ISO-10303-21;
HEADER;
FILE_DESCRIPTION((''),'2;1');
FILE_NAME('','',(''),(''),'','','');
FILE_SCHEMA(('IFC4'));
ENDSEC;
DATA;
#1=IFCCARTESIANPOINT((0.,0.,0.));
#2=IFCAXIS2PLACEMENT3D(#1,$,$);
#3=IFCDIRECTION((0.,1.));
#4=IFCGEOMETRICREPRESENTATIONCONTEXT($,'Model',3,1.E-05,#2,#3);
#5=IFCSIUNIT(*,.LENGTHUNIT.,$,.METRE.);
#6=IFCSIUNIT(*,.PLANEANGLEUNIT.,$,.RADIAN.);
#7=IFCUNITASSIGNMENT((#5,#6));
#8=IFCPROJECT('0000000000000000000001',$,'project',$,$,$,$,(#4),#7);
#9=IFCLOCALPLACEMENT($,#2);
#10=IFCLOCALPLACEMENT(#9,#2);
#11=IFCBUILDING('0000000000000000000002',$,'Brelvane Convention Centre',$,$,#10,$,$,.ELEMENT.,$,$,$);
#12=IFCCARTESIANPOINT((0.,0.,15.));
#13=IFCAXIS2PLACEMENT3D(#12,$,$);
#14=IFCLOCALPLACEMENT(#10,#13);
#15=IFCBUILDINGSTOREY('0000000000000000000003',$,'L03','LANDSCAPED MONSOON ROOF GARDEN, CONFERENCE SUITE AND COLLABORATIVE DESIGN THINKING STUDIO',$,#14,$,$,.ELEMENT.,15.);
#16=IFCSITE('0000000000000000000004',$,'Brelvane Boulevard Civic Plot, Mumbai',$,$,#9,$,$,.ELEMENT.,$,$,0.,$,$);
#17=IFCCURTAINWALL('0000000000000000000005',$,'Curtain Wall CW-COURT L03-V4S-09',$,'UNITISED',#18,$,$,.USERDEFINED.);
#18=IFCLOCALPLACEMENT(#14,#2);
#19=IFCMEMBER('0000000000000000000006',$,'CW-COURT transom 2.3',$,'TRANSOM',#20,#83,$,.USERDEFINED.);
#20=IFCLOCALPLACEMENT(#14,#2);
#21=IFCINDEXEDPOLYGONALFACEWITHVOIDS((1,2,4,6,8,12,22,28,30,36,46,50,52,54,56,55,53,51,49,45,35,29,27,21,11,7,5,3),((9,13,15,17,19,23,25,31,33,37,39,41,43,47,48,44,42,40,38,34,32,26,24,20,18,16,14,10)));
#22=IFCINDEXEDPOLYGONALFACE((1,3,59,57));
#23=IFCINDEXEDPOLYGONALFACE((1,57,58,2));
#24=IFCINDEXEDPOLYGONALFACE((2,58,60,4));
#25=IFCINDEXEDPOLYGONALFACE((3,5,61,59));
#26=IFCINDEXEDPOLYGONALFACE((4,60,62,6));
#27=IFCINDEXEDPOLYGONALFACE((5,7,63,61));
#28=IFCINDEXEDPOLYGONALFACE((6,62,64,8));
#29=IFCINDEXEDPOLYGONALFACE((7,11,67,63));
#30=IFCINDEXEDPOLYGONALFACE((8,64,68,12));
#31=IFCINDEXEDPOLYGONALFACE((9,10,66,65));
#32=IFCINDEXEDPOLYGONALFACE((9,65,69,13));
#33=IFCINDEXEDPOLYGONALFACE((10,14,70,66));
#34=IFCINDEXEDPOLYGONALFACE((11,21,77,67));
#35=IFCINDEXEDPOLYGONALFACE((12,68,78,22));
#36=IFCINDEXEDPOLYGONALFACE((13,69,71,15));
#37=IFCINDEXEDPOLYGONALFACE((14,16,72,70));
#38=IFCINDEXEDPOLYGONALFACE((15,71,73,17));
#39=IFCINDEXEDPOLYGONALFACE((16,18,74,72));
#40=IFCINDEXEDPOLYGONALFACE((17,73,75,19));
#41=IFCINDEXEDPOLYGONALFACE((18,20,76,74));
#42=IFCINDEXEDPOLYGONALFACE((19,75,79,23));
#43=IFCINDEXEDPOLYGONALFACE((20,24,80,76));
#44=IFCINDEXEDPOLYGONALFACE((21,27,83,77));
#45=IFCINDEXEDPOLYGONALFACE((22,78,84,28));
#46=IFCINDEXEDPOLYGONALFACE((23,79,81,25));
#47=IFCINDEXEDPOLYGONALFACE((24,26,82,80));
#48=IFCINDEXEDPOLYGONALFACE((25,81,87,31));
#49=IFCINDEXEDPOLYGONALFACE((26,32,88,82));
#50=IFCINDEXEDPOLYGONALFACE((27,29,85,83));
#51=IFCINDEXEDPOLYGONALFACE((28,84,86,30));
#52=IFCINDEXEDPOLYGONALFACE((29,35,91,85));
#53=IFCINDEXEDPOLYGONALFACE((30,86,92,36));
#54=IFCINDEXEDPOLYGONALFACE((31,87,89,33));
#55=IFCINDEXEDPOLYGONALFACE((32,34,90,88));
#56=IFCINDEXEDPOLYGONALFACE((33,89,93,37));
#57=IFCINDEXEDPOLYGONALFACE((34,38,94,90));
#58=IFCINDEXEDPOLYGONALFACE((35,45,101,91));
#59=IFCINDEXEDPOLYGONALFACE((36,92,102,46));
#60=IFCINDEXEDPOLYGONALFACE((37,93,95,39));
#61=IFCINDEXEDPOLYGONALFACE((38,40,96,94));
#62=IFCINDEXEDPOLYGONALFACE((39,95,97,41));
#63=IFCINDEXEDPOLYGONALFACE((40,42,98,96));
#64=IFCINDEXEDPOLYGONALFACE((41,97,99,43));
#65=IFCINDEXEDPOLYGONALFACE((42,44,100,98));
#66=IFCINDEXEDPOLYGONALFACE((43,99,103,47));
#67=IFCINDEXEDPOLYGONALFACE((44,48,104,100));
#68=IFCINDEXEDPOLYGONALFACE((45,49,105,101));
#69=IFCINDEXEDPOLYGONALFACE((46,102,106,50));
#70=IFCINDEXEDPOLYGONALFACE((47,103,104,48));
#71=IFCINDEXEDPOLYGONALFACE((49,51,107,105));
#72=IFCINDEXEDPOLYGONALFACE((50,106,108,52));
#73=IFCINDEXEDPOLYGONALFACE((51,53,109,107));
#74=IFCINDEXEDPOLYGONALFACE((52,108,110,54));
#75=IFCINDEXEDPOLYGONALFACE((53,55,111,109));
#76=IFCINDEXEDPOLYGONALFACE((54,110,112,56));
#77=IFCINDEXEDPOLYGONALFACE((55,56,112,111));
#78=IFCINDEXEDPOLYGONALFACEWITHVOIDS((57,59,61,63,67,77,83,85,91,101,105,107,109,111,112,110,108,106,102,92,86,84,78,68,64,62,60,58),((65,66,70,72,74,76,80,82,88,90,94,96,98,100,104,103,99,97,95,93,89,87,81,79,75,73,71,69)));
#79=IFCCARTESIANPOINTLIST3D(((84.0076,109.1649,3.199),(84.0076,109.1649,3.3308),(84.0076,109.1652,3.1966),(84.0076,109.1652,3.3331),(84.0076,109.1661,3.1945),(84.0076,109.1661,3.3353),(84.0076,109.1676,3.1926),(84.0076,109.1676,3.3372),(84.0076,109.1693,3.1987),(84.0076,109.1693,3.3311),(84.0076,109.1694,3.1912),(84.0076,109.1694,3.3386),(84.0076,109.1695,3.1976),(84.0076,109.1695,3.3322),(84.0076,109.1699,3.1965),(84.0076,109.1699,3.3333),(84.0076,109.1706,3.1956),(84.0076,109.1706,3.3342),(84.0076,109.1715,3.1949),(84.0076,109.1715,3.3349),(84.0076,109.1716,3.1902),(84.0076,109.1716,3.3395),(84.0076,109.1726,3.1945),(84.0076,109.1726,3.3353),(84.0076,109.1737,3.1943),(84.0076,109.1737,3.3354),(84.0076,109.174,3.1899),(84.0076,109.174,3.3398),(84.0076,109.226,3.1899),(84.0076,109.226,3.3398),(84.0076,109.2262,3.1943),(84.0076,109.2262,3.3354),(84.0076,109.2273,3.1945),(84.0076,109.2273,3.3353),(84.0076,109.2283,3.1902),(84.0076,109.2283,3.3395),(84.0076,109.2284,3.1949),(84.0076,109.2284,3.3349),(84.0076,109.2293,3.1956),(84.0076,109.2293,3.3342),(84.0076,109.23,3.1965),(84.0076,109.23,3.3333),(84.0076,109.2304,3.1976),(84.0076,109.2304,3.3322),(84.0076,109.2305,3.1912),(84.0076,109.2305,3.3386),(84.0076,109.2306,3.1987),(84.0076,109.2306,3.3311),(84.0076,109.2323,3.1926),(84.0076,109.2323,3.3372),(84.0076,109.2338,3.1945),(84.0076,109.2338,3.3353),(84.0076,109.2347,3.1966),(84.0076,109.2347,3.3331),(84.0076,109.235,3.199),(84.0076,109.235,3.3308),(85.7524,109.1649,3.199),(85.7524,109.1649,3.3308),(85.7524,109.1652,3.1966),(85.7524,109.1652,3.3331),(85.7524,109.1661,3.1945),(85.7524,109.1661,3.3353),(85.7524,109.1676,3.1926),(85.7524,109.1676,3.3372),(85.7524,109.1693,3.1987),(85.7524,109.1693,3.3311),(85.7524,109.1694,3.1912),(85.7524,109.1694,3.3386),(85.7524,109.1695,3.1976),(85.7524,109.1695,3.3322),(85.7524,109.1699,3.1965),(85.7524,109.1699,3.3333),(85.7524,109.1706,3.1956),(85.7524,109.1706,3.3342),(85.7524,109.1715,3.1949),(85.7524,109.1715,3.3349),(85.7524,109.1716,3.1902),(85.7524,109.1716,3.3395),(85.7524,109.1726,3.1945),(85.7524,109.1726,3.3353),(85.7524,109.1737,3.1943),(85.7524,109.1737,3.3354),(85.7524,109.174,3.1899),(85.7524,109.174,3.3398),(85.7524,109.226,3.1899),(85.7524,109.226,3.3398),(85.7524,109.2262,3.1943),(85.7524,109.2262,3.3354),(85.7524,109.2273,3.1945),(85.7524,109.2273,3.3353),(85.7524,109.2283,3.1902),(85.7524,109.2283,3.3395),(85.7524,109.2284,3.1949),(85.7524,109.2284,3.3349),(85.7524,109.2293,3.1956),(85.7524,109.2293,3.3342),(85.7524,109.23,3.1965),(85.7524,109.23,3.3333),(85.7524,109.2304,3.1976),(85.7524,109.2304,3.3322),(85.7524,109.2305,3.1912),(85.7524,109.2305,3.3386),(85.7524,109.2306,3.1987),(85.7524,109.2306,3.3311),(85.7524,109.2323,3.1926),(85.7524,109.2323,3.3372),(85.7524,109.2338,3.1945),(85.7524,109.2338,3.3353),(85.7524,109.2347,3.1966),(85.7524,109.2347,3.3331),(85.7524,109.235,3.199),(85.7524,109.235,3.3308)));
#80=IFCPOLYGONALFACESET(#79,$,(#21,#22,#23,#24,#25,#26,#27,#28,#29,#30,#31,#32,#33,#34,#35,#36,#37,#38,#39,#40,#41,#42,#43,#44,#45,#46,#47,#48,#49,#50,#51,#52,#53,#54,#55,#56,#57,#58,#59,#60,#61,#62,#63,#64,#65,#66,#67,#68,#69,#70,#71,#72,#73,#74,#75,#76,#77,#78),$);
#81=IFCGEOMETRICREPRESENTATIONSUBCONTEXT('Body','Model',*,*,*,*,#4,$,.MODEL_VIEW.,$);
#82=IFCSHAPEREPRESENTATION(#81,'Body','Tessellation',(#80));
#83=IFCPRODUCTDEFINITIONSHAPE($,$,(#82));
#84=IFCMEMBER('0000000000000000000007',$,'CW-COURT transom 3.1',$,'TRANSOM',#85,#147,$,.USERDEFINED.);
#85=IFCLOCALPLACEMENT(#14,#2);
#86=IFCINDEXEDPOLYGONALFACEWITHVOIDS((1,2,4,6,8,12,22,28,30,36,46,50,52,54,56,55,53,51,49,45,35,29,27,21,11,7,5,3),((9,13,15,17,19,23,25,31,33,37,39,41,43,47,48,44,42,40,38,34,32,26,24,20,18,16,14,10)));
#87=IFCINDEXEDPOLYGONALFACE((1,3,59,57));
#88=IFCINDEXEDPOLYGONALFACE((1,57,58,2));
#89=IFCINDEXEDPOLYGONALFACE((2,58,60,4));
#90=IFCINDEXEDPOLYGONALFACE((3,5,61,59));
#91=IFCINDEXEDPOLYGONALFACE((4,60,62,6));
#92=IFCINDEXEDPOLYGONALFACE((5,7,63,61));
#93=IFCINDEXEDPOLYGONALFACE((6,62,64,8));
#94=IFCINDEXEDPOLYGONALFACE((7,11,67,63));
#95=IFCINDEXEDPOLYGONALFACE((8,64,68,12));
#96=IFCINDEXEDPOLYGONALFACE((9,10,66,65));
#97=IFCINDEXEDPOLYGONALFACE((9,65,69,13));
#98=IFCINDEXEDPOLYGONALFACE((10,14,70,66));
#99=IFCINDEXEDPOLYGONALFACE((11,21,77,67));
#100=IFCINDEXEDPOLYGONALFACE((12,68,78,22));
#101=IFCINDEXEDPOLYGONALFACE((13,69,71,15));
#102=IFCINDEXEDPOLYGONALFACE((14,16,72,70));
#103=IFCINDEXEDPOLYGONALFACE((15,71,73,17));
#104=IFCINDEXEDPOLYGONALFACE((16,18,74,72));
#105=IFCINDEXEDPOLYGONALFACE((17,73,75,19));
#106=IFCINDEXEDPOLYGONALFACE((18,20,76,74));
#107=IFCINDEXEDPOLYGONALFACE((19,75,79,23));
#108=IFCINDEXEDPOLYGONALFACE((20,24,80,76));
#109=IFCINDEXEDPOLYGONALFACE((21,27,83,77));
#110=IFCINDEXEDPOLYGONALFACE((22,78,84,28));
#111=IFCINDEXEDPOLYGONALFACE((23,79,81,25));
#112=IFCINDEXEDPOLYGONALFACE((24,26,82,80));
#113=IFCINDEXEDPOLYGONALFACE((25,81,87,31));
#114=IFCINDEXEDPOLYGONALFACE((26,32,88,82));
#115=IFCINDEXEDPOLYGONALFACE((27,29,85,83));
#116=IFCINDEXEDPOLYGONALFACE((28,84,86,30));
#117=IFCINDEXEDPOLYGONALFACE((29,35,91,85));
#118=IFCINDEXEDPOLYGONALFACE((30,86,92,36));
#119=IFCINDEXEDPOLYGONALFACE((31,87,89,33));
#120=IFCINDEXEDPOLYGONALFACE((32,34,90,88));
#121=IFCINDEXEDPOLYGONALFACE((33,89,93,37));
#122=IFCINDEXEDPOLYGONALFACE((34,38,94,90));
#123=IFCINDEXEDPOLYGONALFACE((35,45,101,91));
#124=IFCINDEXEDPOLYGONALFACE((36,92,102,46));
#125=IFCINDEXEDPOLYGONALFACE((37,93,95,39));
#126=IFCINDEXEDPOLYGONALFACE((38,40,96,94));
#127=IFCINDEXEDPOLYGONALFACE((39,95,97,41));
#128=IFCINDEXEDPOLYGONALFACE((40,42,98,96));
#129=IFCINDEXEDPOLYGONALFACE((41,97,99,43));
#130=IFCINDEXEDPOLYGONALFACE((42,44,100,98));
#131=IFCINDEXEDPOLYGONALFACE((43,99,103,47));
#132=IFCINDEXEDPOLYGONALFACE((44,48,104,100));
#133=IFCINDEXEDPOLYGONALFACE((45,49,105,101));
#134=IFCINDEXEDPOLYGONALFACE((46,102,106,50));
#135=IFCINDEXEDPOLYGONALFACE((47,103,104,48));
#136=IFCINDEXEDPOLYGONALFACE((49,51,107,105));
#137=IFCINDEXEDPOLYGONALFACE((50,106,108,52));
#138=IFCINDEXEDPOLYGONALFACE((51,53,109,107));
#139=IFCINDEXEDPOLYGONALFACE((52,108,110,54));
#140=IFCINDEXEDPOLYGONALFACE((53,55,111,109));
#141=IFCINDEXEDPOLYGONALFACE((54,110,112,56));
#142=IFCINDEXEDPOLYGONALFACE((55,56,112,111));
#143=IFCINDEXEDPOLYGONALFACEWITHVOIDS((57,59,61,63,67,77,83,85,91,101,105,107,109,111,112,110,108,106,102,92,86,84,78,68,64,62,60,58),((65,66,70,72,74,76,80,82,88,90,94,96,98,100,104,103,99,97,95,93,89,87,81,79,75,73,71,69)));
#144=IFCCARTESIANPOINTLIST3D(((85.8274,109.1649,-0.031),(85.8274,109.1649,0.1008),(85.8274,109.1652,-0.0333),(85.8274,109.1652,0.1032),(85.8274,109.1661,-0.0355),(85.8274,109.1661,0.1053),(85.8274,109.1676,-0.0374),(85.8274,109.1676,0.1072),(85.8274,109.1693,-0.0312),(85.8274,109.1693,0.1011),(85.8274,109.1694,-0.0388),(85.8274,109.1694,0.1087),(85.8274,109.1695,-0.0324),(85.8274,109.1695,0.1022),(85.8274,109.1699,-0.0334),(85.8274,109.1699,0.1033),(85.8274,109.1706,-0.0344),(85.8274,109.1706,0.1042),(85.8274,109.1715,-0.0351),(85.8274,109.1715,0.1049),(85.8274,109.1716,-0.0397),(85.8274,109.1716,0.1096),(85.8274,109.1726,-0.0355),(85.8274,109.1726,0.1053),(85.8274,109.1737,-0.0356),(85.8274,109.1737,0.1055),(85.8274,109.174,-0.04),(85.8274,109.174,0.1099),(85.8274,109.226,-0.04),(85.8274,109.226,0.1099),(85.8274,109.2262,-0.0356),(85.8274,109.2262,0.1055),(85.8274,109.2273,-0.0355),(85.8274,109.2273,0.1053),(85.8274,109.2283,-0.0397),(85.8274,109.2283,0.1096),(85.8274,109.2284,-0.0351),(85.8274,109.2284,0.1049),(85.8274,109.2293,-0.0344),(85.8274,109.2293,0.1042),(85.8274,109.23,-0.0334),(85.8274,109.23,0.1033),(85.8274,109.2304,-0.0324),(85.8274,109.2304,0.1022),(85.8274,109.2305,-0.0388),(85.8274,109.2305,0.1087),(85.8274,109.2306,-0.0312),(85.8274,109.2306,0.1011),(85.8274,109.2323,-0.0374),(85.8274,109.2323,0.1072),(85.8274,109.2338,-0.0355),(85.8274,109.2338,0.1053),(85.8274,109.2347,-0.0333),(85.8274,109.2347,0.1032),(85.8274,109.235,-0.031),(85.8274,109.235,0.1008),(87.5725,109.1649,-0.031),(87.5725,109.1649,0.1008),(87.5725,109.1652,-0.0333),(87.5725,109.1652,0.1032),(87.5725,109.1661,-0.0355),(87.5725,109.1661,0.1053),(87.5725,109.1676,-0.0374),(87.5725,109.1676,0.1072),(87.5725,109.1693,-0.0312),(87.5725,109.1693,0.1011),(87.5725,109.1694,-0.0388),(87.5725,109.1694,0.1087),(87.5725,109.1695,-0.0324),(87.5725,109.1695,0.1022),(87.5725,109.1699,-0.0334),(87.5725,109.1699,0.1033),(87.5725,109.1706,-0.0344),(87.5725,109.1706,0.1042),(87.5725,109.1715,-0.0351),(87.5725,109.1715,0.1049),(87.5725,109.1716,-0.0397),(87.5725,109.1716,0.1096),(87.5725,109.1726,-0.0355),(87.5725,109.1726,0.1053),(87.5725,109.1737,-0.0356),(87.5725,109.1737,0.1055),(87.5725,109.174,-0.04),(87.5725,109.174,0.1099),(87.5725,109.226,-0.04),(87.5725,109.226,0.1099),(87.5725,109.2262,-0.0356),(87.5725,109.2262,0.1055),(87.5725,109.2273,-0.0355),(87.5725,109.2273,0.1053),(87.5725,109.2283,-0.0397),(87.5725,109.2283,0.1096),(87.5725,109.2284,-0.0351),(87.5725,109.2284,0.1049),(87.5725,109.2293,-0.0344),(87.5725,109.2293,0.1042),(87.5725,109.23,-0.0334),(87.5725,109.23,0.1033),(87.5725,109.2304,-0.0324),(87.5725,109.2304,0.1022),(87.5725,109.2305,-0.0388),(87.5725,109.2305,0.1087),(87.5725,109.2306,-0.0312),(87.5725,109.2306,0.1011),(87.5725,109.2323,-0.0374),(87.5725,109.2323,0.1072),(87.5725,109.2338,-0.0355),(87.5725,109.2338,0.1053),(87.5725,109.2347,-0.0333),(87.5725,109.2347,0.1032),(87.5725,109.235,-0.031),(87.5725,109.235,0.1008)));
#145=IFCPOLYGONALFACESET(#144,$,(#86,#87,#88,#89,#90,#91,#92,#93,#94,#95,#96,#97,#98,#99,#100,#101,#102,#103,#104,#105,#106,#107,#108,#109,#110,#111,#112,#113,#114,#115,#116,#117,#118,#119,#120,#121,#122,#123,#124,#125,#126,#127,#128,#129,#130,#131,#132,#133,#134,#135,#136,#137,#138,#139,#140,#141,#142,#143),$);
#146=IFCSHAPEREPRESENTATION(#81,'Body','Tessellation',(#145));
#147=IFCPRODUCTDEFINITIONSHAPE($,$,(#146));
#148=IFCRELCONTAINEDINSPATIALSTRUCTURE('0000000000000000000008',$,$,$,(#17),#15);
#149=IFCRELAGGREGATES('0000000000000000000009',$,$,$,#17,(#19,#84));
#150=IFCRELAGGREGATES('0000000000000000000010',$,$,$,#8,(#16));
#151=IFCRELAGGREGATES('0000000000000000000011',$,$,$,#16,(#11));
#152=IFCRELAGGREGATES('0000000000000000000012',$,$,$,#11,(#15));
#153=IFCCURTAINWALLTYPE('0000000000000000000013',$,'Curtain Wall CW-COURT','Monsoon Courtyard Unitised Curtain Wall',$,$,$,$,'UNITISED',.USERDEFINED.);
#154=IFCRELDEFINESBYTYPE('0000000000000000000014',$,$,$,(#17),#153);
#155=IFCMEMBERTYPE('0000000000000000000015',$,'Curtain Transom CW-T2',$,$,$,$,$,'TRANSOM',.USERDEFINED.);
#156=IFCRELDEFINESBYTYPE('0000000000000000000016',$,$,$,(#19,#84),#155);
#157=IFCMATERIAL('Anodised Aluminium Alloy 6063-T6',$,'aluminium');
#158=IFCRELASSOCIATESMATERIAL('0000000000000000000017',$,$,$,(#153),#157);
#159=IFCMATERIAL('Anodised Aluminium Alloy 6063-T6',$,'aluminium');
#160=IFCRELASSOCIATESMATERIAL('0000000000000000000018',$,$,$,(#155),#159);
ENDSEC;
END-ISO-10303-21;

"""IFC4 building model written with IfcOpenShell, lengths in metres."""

from ifc_helpers import new_model, si_unit, direction, frame, origin, origin_2d, place, context, subcontext, project, spatial, hollow_rectangle, extrude, material, material_profile, profile_set, type_object, element, aggregate, save


model = new_model("IFC4")

# Units and contexts
model_context = context("Model", 3, precision=1e-05, world=origin(), true_north=direction((0.0, 1.0)))
body_context = subcontext(model_context, "Body", "Model", "MODEL_VIEW")
ifc_project = project(units=[si_unit("LENGTHUNIT", "METRE"), si_unit("PLANEANGLEUNIT", "RADIAN")], contexts=[model_context])

# Site, building, storey
site_placement = place(None, origin())
site = spatial("IfcSite", under=ifc_project, at=site_placement, Name="Brelvane Boulevard Civic Plot, Mumbai", CompositionType="ELEMENT", RefElevation=0.0)
building_placement = place(site_placement, origin())
building = spatial("IfcBuilding", under=site, at=building_placement, Name="Brelvane Convention Centre", CompositionType="ELEMENT")
storey_placement = place(building_placement, frame((0.0, 0.0, 15.0)))
storey = spatial("IfcBuildingStorey", under=building, at=storey_placement, Name="L03", Description="LANDSCAPED MONSOON ROOF GARDEN, CONFERENCE SUITE AND COLLABORATIVE DESIGN THINKING STUDIO", CompositionType="ELEMENT", Elevation=15.0)

# Curtain wall, members
ifc_material_1 = material(Name="Anodised Aluminium Alloy 6063-T6", Category="aluminium")
curtain_wall_type = type_object("IfcCurtainWallType", Name="Curtain Wall CW-COURT", Description="Monsoon Courtyard Unitised Curtain Wall", ElementType="UNITISED", PredefinedType="USERDEFINED", material=ifc_material_1)
curtain_wall_placement = place(storey_placement, origin())
curtain_wall = element("IfcCurtainWall", 1, at=curtain_wall_placement, inside=storey, type_object=curtain_wall_type, Name="Curtain Wall CW-COURT L03-V4S-09", ObjectType="UNITISED", PredefinedType="USERDEFINED")
ifc_material_2 = material(Name="Anodised Aluminium Alloy 6063-T6", Category="aluminium")
ifc_material_profile_1 = material_profile(ifc_material_2, hollow_rectangle(XDim=0.0701, YDim=0.1499, WallThickness=0.0044, InnerFilletRadius=0.0044, OuterFilletRadius=0.009, at=origin_2d()), Name="ALU-T 150x70x4.5")
ifc_profile_set_1 = profile_set([ifc_material_profile_1], Name="Anodised Aluminium Alloy 6063-T6")
member_type_1 = type_object("IfcMemberType", Name="Curtain Transom CW-T2", ElementType="TRANSOM", PredefinedType="USERDEFINED", material=ifc_profile_set_1)
member_1_placement = place(storey_placement, frame((84.0076, 109.2, 3.2649), z_axis=(1.0, 0.0, 0.0), x_axis=(0.0, 1.0, 0.0)))
member_1 = element("IfcMember", 2, at=member_1_placement, type_object=member_type_1, Name="CW-COURT transom 2.3", ObjectType="TRANSOM", PredefinedType="USERDEFINED", context=body_context, shape_type="SweptSolid", body=[
    extrude(hollow_rectangle(XDim=0.0701, YDim=0.1499, WallThickness=0.0044, InnerFilletRadius=0.0044, OuterFilletRadius=0.009, at=origin_2d()), origin(), (0.0, 0.0, 1.0), 1.7449),
])
member_2_placement = place(storey_placement, frame((85.8274, 109.2, 0.0349), z_axis=(1.0, 0.0, 0.0), x_axis=(0.0, 1.0, 0.0)))
member_2 = element("IfcMember", 3, at=member_2_placement, type_object=member_type_1, Name="CW-COURT transom 3.1", ObjectType="TRANSOM", PredefinedType="USERDEFINED", context=body_context, shape_type="SweptSolid", body=[
    extrude(hollow_rectangle(XDim=0.0701, YDim=0.1499, WallThickness=0.0044, InnerFilletRadius=0.0044, OuterFilletRadius=0.009, at=origin_2d()), origin(), (0.0, 0.0, 1.0), 1.7451),
])

aggregate(curtain_wall, [member_1, member_2])

save(model, "model.ifc")
